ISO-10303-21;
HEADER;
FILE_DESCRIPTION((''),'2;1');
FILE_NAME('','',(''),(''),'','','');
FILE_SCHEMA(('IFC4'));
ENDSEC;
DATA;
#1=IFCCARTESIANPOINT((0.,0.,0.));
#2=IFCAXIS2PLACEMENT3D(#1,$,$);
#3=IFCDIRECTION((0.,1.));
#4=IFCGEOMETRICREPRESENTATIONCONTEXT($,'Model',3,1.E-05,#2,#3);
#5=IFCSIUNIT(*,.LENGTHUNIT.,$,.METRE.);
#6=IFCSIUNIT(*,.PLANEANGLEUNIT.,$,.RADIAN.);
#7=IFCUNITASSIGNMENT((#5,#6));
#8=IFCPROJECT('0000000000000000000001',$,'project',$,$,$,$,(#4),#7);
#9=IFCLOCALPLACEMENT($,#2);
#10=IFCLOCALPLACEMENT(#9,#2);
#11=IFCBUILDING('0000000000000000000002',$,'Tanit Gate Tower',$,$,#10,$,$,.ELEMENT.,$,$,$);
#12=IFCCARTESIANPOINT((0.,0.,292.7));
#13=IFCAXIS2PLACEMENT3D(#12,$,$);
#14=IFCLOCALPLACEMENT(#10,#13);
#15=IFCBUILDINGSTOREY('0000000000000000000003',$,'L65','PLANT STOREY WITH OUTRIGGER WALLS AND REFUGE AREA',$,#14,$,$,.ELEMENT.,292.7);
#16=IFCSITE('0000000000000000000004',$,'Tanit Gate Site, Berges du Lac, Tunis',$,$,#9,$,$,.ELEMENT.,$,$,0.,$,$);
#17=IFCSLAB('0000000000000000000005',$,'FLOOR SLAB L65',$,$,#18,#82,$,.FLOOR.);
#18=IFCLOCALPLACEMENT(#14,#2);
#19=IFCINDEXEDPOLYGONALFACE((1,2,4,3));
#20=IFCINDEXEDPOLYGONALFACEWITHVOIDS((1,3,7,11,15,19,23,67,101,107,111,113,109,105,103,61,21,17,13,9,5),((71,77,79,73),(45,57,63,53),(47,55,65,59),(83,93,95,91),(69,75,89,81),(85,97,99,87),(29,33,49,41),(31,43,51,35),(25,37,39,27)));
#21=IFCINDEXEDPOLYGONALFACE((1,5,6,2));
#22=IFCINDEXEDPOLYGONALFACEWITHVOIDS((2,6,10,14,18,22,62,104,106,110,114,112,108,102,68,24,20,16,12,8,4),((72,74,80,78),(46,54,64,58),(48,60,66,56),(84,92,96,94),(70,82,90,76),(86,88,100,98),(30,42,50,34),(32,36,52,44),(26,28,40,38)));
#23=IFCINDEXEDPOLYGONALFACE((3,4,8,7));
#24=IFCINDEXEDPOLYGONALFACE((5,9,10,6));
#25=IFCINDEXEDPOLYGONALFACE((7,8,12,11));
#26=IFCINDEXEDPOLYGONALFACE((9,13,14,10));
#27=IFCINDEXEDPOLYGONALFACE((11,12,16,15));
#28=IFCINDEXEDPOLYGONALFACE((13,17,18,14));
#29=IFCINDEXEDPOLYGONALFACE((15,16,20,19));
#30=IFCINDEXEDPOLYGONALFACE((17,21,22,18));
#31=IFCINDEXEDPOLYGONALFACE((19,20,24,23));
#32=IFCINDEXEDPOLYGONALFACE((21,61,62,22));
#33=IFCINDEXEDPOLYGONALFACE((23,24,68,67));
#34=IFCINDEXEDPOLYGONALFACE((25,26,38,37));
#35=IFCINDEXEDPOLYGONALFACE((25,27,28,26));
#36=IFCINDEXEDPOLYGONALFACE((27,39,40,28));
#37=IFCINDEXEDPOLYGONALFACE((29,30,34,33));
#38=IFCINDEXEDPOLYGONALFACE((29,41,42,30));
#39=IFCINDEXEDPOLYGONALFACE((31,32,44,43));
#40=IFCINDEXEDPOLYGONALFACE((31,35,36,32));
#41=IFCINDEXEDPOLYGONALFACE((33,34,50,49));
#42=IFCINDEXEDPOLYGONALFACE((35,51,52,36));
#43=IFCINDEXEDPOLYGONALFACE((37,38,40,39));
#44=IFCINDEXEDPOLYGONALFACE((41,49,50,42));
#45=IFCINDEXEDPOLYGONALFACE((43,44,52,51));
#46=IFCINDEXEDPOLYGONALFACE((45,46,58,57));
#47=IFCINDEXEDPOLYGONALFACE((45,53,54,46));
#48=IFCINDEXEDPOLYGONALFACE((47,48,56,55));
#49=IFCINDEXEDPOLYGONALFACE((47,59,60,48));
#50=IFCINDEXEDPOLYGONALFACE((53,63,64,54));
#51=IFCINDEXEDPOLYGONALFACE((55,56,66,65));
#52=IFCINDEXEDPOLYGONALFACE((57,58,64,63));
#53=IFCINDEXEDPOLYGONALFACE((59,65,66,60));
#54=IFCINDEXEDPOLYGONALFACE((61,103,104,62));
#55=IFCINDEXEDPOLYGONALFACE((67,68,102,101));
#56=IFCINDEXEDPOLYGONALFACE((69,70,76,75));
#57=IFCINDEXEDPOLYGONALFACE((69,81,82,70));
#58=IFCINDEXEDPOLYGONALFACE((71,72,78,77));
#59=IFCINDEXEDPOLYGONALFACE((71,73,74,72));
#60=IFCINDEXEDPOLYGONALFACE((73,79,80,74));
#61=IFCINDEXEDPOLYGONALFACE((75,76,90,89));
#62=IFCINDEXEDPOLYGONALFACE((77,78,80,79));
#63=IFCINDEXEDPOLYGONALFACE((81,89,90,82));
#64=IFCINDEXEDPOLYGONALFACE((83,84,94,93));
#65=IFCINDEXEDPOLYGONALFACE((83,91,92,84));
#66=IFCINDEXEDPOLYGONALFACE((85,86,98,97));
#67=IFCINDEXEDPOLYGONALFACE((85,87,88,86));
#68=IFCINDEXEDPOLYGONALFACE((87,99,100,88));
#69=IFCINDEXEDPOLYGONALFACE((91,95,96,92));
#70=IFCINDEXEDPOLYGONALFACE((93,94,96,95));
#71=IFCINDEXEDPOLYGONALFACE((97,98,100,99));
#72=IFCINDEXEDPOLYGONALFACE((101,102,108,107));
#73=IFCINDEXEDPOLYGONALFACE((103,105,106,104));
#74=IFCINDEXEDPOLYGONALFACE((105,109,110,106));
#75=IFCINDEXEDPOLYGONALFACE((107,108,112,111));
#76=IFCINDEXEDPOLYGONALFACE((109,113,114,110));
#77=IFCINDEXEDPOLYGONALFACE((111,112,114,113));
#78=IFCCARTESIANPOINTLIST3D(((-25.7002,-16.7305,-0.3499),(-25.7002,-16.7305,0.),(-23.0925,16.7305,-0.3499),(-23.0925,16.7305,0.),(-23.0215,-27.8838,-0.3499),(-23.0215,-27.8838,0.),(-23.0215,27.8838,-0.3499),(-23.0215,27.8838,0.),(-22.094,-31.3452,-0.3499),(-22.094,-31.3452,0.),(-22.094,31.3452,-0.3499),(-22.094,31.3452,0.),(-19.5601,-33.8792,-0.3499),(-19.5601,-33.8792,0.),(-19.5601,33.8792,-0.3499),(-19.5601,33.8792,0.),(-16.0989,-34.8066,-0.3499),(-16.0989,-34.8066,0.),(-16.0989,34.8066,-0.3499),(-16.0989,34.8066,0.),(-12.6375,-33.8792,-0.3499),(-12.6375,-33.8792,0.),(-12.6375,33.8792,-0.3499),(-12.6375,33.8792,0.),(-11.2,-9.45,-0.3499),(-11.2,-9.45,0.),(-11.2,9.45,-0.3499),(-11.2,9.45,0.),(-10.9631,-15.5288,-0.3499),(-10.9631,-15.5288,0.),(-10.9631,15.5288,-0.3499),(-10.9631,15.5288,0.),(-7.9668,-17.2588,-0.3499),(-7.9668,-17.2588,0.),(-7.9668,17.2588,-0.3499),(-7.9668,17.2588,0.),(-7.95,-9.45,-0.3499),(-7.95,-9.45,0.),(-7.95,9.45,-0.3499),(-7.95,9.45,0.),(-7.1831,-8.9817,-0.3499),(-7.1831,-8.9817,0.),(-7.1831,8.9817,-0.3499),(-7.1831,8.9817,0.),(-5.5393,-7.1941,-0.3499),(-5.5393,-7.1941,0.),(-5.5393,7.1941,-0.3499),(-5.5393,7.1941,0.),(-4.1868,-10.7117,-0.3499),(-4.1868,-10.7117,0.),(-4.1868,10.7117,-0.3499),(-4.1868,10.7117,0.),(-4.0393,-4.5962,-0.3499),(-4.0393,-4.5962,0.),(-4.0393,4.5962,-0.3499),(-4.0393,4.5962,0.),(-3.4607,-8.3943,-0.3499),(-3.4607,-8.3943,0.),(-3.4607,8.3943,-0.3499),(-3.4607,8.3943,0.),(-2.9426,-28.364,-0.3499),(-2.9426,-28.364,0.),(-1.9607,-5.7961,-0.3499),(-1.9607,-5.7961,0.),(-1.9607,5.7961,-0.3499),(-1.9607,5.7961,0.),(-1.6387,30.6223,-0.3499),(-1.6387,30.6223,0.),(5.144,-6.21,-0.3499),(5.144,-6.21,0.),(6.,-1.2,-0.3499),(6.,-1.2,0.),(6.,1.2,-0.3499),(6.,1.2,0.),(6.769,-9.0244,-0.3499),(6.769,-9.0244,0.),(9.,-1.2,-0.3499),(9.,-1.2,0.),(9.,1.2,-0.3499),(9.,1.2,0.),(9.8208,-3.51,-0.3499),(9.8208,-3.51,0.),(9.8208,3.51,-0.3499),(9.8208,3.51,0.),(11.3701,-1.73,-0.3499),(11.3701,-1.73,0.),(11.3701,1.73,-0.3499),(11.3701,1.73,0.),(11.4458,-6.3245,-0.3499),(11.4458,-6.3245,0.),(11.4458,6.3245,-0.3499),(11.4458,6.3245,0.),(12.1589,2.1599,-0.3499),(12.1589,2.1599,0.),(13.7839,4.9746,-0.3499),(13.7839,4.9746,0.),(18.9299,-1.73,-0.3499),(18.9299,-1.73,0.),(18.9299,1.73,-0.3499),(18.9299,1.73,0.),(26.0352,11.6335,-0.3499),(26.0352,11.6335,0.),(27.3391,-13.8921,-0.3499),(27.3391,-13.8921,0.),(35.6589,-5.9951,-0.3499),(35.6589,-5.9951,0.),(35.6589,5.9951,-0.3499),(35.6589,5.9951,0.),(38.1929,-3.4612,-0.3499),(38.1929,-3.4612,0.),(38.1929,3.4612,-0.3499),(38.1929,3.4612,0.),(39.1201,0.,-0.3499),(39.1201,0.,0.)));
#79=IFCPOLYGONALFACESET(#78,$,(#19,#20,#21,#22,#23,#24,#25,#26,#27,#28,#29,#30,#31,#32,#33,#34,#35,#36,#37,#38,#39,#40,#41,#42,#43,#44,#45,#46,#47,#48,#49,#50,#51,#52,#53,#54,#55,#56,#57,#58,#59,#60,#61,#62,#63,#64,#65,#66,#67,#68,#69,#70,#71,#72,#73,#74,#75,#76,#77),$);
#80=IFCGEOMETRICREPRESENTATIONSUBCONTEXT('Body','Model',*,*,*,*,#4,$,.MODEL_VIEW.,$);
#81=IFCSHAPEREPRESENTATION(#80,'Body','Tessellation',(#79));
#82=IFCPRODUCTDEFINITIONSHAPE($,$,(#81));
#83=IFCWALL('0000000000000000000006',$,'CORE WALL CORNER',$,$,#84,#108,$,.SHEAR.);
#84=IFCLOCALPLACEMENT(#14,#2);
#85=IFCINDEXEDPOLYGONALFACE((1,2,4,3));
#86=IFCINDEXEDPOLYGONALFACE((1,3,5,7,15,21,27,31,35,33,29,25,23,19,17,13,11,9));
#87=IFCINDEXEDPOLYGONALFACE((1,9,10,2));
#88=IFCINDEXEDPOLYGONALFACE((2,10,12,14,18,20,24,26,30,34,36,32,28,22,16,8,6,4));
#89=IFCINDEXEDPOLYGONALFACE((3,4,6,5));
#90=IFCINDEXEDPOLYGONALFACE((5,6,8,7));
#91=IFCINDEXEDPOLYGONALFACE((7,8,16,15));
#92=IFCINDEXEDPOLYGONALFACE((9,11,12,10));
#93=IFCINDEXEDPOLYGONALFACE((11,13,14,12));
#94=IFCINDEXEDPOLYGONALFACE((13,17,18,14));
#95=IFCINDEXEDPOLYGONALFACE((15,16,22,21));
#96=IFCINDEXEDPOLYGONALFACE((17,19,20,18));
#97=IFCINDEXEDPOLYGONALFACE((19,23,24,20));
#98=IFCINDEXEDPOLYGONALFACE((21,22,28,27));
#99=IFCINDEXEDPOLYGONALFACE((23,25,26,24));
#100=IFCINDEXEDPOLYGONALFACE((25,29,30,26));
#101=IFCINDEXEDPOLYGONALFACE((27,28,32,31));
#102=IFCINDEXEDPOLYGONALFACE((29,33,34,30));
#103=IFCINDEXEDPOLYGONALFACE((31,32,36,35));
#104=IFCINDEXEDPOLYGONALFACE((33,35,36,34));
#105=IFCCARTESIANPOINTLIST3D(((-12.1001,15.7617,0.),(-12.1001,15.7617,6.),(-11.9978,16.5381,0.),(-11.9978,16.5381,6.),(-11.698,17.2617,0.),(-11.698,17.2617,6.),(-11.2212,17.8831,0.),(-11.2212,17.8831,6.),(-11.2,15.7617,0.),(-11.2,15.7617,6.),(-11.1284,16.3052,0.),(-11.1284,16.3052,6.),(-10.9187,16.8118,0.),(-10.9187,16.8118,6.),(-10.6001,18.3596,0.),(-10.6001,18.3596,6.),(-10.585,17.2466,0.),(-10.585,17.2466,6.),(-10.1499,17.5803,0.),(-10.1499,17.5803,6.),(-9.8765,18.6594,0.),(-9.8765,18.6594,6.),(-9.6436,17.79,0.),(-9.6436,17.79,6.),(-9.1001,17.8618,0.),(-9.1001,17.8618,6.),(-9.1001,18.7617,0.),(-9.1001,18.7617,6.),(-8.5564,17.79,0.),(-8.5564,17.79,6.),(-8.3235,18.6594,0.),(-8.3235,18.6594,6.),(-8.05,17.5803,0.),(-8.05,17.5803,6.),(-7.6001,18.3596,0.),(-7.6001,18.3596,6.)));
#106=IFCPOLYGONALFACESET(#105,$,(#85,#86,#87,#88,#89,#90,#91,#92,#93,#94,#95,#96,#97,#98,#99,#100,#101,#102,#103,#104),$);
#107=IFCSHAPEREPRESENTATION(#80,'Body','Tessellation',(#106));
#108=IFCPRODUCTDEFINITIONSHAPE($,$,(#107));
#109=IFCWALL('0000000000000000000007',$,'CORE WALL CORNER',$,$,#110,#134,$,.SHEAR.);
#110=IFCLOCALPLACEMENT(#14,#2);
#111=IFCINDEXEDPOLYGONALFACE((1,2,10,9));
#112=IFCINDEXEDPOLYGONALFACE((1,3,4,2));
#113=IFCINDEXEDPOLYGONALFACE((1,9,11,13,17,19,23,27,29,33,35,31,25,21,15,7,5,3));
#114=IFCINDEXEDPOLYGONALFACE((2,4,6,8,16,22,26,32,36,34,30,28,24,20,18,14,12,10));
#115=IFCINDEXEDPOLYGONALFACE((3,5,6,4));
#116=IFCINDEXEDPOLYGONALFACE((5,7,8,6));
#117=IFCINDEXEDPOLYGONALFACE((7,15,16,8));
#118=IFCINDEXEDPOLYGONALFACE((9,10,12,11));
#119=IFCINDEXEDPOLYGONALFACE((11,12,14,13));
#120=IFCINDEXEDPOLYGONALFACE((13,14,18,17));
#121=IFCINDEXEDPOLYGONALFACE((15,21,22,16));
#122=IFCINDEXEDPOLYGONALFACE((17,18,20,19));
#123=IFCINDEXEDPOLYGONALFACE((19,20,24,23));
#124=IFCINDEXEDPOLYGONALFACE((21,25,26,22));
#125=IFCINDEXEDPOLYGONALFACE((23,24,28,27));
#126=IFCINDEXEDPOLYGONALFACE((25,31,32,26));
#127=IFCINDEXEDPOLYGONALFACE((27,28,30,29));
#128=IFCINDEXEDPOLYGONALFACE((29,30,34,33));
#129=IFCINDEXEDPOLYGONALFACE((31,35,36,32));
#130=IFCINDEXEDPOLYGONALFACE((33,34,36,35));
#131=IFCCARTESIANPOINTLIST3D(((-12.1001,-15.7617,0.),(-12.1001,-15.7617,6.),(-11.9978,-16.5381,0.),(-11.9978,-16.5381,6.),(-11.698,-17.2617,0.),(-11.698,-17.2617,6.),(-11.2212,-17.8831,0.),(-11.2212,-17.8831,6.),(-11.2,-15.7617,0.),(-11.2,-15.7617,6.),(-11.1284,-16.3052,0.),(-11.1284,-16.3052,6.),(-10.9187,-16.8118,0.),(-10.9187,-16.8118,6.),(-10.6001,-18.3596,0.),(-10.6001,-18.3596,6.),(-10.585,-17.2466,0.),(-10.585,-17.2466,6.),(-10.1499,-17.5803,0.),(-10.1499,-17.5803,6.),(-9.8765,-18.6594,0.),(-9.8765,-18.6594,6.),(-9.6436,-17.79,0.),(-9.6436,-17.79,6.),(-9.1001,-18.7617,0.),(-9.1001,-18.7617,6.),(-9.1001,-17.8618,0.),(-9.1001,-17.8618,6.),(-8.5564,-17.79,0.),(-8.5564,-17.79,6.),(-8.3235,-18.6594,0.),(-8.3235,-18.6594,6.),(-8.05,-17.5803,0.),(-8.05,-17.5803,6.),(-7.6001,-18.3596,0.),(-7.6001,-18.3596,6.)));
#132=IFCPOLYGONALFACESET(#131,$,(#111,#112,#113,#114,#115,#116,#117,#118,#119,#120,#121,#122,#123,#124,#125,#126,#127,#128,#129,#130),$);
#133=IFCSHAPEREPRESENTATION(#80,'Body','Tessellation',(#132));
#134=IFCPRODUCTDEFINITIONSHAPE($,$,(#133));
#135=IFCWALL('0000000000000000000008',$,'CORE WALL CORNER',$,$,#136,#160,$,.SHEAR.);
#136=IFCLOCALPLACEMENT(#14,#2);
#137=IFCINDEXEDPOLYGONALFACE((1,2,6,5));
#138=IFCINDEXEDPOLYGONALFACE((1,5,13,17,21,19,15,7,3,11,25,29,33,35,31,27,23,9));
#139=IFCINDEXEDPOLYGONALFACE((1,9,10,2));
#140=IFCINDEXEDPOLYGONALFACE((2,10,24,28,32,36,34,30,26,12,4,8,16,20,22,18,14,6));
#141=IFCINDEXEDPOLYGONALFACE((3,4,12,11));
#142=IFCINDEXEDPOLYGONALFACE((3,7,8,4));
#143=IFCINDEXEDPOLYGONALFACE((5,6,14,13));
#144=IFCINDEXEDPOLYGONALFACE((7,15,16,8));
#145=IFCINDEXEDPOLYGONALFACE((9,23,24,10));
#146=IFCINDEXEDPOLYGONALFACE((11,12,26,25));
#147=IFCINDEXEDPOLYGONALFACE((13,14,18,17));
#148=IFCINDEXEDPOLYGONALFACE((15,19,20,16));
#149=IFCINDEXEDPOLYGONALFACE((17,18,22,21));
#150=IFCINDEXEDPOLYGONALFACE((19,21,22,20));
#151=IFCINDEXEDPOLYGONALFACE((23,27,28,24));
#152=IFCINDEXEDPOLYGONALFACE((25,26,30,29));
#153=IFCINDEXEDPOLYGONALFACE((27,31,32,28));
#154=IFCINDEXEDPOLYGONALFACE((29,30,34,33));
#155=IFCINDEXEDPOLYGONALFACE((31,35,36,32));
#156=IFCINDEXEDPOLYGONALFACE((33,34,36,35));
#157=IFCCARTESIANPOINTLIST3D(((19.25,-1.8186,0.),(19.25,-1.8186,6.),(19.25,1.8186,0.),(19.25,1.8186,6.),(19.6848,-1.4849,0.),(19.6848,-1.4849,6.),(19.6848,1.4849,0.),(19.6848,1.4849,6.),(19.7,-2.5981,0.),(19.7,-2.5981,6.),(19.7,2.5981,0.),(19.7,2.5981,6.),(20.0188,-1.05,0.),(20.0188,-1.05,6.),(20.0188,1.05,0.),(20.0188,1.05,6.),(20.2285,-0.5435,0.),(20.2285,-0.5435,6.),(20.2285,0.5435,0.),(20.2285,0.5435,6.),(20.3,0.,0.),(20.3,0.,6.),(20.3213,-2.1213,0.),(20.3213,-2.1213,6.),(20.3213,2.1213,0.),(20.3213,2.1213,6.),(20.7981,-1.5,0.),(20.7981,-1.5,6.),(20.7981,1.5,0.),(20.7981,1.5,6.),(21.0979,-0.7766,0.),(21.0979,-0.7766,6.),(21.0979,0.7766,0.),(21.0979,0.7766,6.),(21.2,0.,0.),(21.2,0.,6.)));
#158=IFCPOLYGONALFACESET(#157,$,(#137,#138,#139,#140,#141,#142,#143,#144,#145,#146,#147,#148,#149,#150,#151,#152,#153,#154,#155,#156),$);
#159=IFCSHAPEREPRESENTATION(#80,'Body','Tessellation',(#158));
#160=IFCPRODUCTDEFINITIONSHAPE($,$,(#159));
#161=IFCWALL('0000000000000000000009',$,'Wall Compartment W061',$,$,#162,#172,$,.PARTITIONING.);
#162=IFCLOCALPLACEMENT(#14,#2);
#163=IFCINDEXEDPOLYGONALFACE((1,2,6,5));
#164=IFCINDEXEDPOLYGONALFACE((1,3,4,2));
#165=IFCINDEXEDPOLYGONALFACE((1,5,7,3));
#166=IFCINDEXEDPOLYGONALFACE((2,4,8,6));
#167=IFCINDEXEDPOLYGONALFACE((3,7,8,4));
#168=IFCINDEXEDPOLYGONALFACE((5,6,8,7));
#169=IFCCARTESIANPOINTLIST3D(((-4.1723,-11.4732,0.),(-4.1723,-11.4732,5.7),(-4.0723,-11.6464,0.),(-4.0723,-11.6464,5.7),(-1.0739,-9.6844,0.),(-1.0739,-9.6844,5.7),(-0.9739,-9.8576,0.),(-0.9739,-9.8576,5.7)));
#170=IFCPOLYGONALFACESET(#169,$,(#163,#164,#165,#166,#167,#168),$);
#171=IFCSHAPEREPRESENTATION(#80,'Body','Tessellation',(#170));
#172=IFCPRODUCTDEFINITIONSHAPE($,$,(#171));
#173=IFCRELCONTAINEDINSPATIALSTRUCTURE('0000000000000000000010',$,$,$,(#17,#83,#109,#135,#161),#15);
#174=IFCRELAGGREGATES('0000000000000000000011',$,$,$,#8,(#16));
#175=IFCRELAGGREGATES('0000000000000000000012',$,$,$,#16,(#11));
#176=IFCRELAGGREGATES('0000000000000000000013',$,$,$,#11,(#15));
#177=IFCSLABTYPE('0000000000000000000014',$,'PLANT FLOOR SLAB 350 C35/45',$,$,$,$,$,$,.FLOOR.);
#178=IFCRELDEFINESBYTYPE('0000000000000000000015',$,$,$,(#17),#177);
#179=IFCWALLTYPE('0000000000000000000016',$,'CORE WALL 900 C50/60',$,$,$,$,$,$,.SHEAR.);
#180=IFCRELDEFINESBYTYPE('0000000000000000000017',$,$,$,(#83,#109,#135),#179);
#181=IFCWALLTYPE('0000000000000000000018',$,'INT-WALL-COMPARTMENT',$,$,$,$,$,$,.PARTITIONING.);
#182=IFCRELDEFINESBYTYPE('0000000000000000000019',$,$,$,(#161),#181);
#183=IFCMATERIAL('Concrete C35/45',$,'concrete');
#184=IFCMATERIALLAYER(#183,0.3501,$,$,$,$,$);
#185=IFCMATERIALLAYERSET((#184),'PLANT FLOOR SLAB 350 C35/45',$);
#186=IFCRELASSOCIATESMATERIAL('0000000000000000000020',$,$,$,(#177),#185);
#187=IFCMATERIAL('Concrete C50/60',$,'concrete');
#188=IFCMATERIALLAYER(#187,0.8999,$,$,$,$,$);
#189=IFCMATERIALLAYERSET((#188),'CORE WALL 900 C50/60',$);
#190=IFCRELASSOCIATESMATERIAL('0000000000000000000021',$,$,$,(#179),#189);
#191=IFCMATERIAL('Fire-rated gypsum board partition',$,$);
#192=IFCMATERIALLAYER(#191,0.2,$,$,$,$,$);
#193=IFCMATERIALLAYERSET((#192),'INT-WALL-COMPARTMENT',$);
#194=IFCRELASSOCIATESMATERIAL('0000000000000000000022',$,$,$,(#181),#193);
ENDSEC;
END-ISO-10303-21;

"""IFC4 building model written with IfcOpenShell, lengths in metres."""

from ifc_helpers import new_model, si_unit, direction, frame, frame_2d, origin, place, context, subcontext, project, spatial, polyline, rectangle, outline, extrude, material, layer, layer_set, type_object, element, save


model = new_model("IFC4")

# Units and contexts
model_context = context("Model", 3, precision=1e-05, world=origin(), true_north=direction((0.0, 1.0)))
body_context = subcontext(model_context, "Body", "Model", "MODEL_VIEW")
ifc_project = project(units=[si_unit("LENGTHUNIT", "METRE"), si_unit("PLANEANGLEUNIT", "RADIAN")], contexts=[model_context])

# Site, building, storey
site_placement = place(None, origin())
site = spatial("IfcSite", under=ifc_project, at=site_placement, Name="Tanit Gate Site, Berges du Lac, Tunis", CompositionType="ELEMENT", RefElevation=0.0)
building_placement = place(site_placement, origin())
building = spatial("IfcBuilding", under=site, at=building_placement, Name="Tanit Gate Tower", CompositionType="ELEMENT")
storey_placement = place(building_placement, frame((0.0, 0.0, 292.7)))
storey = spatial("IfcBuildingStorey", under=building, at=storey_placement, Name="L65", Description="PLANT STOREY WITH OUTRIGGER WALLS AND REFUGE AREA", CompositionType="ELEMENT", Elevation=292.7)

# Slab
ifc_material_1 = material(Name="Concrete C35/45", Category="concrete")
ifc_layer_1 = layer(ifc_material_1, 0.3501)
ifc_layer_set_1 = layer_set([ifc_layer_1], Name="PLANT FLOOR SLAB 350 C35/45")
slab_type = type_object("IfcSlabType", Name="PLANT FLOOR SLAB 350 C35/45", PredefinedType="FLOOR", material=ifc_layer_set_1)
slab_placement = place(storey_placement, frame((0.0, 0.0, -0.3499)))
element("IfcSlab", 1, at=slab_placement, inside=storey, type_object=slab_type, Name="FLOOR SLAB L65", PredefinedType="FLOOR", context=body_context, shape_type="SweptSolid", body=[
    extrude(outline(polyline([(35.6589, 5.9951), (38.1929, 3.4612), (39.1201, 0.0), (38.1929, -3.4612), (35.6589, -5.9951), (27.3391, -13.8921), (-2.9426, -28.364), (-12.6375, -33.8792), (-16.0989, -34.8066), (-19.5601, -33.8792), (-22.094, -31.3452), (-23.0215, -27.8838), (-25.7002, -16.7305), (-23.0925, 16.7305), (-23.0215, 27.8838), (-22.094, 31.3452), (-19.5601, 33.8792), (-16.0989, 34.8066), (-12.6375, 33.8792), (-1.6387, 30.6223), (26.0352, 11.6335), (35.6589, 5.9951)]), holes=[polyline([(11.3701, 1.73), (18.9299, 1.73), (18.9299, -1.73), (11.3701, -1.73), (11.3701, 1.73)]), polyline([(12.1589, 2.1599), (9.8208, 3.51), (11.4458, 6.3245), (13.7839, 4.9746), (12.1589, 2.1599)]), polyline([(11.4458, -6.3245), (6.769, -9.0244), (5.144, -6.21), (9.8208, -3.51), (11.4458, -6.3245)]), polyline([(6.0, 1.2), (9.0, 1.2), (9.0, -1.2), (6.0, -1.2), (6.0, 1.2)]), polyline([(-4.0393, 4.5962), (-5.5393, 7.1941), (-3.4607, 8.3943), (-1.9607, 5.7961), (-4.0393, 4.5962)]), polyline([(-1.9607, -5.7961), (-3.4607, -8.3943), (-5.5393, -7.1941), (-4.0393, -4.5962), (-1.9607, -5.7961)]), polyline([(-7.1831, 8.9817), (-10.9631, 15.5288), (-7.9668, 17.2588), (-4.1868, 10.7117), (-7.1831, 8.9817)]), polyline([(-4.1868, -10.7117), (-7.9668, -17.2588), (-10.9631, -15.5288), (-7.1831, -8.9817), (-4.1868, -10.7117)]), polyline([(-11.2, -9.45), (-11.2, 9.45), (-7.95, 9.45), (-7.95, -9.45), (-11.2, -9.45)])]), origin(), (0.0, 0.0, 1.0), 0.3499),
])

# Walls
ifc_material_2 = material(Name="Concrete C50/60", Category="concrete")
ifc_layer_2 = layer(ifc_material_2, 0.8999)
ifc_layer_set_2 = layer_set([ifc_layer_2], Name="CORE WALL 900 C50/60")
wall_type_1 = type_object("IfcWallType", Name="CORE WALL 900 C50/60", PredefinedType="SHEAR", material=ifc_layer_set_2)
wall_1_placement = place(storey_placement, origin())
element("IfcWall", 2, at=wall_1_placement, inside=storey, type_object=wall_type_1, Name="CORE WALL CORNER", PredefinedType="SHEAR", context=body_context, shape_type="SweptSolid", body=[
    extrude(outline(polyline([(-7.6001, 18.3596), (-8.3235, 18.6594), (-9.1001, 18.7617), (-9.8765, 18.6594), (-10.6001, 18.3596), (-11.2212, 17.8831), (-11.698, 17.2617), (-11.9978, 16.5381), (-12.1001, 15.7617), (-11.2, 15.7617), (-11.1284, 16.3052), (-10.9187, 16.8118), (-10.585, 17.2466), (-10.1499, 17.5803), (-9.6436, 17.79), (-9.1001, 17.8618), (-8.5564, 17.79), (-8.05, 17.5803), (-7.6001, 18.3596)])), origin(), (0.0, 0.0, 1.0), 6.0),
])
wall_2_placement = place(storey_placement, origin())
element("IfcWall", 3, at=wall_2_placement, inside=storey, type_object=wall_type_1, Name="CORE WALL CORNER", PredefinedType="SHEAR", context=body_context, shape_type="SweptSolid", body=[
    extrude(outline(polyline([(-12.1001, -15.7617), (-11.9978, -16.5381), (-11.698, -17.2617), (-11.2212, -17.8831), (-10.6001, -18.3596), (-9.8765, -18.6594), (-9.1001, -18.7617), (-8.3235, -18.6594), (-7.6001, -18.3596), (-8.05, -17.5803), (-8.5564, -17.79), (-9.1001, -17.8618), (-9.6436, -17.79), (-10.1499, -17.5803), (-10.585, -17.2466), (-10.9187, -16.8118), (-11.1284, -16.3052), (-11.2, -15.7617), (-12.1001, -15.7617)])), origin(), (0.0, 0.0, 1.0), 6.0),
])
wall_3_placement = place(storey_placement, origin())
element("IfcWall", 4, at=wall_3_placement, inside=storey, type_object=wall_type_1, Name="CORE WALL CORNER", PredefinedType="SHEAR", context=body_context, shape_type="SweptSolid", body=[
    extrude(outline(polyline([(19.7, -2.5981), (20.3213, -2.1213), (20.7981, -1.5), (21.0979, -0.7766), (21.2, 0.0), (21.0979, 0.7766), (20.7981, 1.5), (20.3213, 2.1213), (19.7, 2.5981), (19.25, 1.8186), (19.6848, 1.4849), (20.0188, 1.05), (20.2285, 0.5435), (20.3, 0.0), (20.2285, -0.5435), (20.0188, -1.05), (19.6848, -1.4849), (19.25, -1.8186), (19.7, -2.5981)])), origin(), (0.0, 0.0, 1.0), 6.0),
])
ifc_material_3 = material(Name="Fire-rated gypsum board partition")
ifc_layer_3 = layer(ifc_material_3, 0.2)
ifc_layer_set_3 = layer_set([ifc_layer_3], Name="INT-WALL-COMPARTMENT")
wall_type_2 = type_object("IfcWallType", Name="INT-WALL-COMPARTMENT", PredefinedType="PARTITIONING", material=ifc_layer_set_3)
wall_4_placement = place(storey_placement, frame((-1.0239, -9.771, 0.0), z_axis=(0.0, 0.0, 1.0), x_axis=(-0.86603, -0.499992, 0.0)))
element("IfcWall", 5, at=wall_4_placement, inside=storey, type_object=wall_type_2, Name="Wall Compartment W061", PredefinedType="PARTITIONING", context=body_context, shape_type="SweptSolid", body=[
    extrude(rectangle(XDim=3.5776, YDim=0.2, at=frame_2d((1.7888, 0.0))), origin(), (0.0, 0.0, 1.0), 5.7),
])

save(model, "model.ifc")
